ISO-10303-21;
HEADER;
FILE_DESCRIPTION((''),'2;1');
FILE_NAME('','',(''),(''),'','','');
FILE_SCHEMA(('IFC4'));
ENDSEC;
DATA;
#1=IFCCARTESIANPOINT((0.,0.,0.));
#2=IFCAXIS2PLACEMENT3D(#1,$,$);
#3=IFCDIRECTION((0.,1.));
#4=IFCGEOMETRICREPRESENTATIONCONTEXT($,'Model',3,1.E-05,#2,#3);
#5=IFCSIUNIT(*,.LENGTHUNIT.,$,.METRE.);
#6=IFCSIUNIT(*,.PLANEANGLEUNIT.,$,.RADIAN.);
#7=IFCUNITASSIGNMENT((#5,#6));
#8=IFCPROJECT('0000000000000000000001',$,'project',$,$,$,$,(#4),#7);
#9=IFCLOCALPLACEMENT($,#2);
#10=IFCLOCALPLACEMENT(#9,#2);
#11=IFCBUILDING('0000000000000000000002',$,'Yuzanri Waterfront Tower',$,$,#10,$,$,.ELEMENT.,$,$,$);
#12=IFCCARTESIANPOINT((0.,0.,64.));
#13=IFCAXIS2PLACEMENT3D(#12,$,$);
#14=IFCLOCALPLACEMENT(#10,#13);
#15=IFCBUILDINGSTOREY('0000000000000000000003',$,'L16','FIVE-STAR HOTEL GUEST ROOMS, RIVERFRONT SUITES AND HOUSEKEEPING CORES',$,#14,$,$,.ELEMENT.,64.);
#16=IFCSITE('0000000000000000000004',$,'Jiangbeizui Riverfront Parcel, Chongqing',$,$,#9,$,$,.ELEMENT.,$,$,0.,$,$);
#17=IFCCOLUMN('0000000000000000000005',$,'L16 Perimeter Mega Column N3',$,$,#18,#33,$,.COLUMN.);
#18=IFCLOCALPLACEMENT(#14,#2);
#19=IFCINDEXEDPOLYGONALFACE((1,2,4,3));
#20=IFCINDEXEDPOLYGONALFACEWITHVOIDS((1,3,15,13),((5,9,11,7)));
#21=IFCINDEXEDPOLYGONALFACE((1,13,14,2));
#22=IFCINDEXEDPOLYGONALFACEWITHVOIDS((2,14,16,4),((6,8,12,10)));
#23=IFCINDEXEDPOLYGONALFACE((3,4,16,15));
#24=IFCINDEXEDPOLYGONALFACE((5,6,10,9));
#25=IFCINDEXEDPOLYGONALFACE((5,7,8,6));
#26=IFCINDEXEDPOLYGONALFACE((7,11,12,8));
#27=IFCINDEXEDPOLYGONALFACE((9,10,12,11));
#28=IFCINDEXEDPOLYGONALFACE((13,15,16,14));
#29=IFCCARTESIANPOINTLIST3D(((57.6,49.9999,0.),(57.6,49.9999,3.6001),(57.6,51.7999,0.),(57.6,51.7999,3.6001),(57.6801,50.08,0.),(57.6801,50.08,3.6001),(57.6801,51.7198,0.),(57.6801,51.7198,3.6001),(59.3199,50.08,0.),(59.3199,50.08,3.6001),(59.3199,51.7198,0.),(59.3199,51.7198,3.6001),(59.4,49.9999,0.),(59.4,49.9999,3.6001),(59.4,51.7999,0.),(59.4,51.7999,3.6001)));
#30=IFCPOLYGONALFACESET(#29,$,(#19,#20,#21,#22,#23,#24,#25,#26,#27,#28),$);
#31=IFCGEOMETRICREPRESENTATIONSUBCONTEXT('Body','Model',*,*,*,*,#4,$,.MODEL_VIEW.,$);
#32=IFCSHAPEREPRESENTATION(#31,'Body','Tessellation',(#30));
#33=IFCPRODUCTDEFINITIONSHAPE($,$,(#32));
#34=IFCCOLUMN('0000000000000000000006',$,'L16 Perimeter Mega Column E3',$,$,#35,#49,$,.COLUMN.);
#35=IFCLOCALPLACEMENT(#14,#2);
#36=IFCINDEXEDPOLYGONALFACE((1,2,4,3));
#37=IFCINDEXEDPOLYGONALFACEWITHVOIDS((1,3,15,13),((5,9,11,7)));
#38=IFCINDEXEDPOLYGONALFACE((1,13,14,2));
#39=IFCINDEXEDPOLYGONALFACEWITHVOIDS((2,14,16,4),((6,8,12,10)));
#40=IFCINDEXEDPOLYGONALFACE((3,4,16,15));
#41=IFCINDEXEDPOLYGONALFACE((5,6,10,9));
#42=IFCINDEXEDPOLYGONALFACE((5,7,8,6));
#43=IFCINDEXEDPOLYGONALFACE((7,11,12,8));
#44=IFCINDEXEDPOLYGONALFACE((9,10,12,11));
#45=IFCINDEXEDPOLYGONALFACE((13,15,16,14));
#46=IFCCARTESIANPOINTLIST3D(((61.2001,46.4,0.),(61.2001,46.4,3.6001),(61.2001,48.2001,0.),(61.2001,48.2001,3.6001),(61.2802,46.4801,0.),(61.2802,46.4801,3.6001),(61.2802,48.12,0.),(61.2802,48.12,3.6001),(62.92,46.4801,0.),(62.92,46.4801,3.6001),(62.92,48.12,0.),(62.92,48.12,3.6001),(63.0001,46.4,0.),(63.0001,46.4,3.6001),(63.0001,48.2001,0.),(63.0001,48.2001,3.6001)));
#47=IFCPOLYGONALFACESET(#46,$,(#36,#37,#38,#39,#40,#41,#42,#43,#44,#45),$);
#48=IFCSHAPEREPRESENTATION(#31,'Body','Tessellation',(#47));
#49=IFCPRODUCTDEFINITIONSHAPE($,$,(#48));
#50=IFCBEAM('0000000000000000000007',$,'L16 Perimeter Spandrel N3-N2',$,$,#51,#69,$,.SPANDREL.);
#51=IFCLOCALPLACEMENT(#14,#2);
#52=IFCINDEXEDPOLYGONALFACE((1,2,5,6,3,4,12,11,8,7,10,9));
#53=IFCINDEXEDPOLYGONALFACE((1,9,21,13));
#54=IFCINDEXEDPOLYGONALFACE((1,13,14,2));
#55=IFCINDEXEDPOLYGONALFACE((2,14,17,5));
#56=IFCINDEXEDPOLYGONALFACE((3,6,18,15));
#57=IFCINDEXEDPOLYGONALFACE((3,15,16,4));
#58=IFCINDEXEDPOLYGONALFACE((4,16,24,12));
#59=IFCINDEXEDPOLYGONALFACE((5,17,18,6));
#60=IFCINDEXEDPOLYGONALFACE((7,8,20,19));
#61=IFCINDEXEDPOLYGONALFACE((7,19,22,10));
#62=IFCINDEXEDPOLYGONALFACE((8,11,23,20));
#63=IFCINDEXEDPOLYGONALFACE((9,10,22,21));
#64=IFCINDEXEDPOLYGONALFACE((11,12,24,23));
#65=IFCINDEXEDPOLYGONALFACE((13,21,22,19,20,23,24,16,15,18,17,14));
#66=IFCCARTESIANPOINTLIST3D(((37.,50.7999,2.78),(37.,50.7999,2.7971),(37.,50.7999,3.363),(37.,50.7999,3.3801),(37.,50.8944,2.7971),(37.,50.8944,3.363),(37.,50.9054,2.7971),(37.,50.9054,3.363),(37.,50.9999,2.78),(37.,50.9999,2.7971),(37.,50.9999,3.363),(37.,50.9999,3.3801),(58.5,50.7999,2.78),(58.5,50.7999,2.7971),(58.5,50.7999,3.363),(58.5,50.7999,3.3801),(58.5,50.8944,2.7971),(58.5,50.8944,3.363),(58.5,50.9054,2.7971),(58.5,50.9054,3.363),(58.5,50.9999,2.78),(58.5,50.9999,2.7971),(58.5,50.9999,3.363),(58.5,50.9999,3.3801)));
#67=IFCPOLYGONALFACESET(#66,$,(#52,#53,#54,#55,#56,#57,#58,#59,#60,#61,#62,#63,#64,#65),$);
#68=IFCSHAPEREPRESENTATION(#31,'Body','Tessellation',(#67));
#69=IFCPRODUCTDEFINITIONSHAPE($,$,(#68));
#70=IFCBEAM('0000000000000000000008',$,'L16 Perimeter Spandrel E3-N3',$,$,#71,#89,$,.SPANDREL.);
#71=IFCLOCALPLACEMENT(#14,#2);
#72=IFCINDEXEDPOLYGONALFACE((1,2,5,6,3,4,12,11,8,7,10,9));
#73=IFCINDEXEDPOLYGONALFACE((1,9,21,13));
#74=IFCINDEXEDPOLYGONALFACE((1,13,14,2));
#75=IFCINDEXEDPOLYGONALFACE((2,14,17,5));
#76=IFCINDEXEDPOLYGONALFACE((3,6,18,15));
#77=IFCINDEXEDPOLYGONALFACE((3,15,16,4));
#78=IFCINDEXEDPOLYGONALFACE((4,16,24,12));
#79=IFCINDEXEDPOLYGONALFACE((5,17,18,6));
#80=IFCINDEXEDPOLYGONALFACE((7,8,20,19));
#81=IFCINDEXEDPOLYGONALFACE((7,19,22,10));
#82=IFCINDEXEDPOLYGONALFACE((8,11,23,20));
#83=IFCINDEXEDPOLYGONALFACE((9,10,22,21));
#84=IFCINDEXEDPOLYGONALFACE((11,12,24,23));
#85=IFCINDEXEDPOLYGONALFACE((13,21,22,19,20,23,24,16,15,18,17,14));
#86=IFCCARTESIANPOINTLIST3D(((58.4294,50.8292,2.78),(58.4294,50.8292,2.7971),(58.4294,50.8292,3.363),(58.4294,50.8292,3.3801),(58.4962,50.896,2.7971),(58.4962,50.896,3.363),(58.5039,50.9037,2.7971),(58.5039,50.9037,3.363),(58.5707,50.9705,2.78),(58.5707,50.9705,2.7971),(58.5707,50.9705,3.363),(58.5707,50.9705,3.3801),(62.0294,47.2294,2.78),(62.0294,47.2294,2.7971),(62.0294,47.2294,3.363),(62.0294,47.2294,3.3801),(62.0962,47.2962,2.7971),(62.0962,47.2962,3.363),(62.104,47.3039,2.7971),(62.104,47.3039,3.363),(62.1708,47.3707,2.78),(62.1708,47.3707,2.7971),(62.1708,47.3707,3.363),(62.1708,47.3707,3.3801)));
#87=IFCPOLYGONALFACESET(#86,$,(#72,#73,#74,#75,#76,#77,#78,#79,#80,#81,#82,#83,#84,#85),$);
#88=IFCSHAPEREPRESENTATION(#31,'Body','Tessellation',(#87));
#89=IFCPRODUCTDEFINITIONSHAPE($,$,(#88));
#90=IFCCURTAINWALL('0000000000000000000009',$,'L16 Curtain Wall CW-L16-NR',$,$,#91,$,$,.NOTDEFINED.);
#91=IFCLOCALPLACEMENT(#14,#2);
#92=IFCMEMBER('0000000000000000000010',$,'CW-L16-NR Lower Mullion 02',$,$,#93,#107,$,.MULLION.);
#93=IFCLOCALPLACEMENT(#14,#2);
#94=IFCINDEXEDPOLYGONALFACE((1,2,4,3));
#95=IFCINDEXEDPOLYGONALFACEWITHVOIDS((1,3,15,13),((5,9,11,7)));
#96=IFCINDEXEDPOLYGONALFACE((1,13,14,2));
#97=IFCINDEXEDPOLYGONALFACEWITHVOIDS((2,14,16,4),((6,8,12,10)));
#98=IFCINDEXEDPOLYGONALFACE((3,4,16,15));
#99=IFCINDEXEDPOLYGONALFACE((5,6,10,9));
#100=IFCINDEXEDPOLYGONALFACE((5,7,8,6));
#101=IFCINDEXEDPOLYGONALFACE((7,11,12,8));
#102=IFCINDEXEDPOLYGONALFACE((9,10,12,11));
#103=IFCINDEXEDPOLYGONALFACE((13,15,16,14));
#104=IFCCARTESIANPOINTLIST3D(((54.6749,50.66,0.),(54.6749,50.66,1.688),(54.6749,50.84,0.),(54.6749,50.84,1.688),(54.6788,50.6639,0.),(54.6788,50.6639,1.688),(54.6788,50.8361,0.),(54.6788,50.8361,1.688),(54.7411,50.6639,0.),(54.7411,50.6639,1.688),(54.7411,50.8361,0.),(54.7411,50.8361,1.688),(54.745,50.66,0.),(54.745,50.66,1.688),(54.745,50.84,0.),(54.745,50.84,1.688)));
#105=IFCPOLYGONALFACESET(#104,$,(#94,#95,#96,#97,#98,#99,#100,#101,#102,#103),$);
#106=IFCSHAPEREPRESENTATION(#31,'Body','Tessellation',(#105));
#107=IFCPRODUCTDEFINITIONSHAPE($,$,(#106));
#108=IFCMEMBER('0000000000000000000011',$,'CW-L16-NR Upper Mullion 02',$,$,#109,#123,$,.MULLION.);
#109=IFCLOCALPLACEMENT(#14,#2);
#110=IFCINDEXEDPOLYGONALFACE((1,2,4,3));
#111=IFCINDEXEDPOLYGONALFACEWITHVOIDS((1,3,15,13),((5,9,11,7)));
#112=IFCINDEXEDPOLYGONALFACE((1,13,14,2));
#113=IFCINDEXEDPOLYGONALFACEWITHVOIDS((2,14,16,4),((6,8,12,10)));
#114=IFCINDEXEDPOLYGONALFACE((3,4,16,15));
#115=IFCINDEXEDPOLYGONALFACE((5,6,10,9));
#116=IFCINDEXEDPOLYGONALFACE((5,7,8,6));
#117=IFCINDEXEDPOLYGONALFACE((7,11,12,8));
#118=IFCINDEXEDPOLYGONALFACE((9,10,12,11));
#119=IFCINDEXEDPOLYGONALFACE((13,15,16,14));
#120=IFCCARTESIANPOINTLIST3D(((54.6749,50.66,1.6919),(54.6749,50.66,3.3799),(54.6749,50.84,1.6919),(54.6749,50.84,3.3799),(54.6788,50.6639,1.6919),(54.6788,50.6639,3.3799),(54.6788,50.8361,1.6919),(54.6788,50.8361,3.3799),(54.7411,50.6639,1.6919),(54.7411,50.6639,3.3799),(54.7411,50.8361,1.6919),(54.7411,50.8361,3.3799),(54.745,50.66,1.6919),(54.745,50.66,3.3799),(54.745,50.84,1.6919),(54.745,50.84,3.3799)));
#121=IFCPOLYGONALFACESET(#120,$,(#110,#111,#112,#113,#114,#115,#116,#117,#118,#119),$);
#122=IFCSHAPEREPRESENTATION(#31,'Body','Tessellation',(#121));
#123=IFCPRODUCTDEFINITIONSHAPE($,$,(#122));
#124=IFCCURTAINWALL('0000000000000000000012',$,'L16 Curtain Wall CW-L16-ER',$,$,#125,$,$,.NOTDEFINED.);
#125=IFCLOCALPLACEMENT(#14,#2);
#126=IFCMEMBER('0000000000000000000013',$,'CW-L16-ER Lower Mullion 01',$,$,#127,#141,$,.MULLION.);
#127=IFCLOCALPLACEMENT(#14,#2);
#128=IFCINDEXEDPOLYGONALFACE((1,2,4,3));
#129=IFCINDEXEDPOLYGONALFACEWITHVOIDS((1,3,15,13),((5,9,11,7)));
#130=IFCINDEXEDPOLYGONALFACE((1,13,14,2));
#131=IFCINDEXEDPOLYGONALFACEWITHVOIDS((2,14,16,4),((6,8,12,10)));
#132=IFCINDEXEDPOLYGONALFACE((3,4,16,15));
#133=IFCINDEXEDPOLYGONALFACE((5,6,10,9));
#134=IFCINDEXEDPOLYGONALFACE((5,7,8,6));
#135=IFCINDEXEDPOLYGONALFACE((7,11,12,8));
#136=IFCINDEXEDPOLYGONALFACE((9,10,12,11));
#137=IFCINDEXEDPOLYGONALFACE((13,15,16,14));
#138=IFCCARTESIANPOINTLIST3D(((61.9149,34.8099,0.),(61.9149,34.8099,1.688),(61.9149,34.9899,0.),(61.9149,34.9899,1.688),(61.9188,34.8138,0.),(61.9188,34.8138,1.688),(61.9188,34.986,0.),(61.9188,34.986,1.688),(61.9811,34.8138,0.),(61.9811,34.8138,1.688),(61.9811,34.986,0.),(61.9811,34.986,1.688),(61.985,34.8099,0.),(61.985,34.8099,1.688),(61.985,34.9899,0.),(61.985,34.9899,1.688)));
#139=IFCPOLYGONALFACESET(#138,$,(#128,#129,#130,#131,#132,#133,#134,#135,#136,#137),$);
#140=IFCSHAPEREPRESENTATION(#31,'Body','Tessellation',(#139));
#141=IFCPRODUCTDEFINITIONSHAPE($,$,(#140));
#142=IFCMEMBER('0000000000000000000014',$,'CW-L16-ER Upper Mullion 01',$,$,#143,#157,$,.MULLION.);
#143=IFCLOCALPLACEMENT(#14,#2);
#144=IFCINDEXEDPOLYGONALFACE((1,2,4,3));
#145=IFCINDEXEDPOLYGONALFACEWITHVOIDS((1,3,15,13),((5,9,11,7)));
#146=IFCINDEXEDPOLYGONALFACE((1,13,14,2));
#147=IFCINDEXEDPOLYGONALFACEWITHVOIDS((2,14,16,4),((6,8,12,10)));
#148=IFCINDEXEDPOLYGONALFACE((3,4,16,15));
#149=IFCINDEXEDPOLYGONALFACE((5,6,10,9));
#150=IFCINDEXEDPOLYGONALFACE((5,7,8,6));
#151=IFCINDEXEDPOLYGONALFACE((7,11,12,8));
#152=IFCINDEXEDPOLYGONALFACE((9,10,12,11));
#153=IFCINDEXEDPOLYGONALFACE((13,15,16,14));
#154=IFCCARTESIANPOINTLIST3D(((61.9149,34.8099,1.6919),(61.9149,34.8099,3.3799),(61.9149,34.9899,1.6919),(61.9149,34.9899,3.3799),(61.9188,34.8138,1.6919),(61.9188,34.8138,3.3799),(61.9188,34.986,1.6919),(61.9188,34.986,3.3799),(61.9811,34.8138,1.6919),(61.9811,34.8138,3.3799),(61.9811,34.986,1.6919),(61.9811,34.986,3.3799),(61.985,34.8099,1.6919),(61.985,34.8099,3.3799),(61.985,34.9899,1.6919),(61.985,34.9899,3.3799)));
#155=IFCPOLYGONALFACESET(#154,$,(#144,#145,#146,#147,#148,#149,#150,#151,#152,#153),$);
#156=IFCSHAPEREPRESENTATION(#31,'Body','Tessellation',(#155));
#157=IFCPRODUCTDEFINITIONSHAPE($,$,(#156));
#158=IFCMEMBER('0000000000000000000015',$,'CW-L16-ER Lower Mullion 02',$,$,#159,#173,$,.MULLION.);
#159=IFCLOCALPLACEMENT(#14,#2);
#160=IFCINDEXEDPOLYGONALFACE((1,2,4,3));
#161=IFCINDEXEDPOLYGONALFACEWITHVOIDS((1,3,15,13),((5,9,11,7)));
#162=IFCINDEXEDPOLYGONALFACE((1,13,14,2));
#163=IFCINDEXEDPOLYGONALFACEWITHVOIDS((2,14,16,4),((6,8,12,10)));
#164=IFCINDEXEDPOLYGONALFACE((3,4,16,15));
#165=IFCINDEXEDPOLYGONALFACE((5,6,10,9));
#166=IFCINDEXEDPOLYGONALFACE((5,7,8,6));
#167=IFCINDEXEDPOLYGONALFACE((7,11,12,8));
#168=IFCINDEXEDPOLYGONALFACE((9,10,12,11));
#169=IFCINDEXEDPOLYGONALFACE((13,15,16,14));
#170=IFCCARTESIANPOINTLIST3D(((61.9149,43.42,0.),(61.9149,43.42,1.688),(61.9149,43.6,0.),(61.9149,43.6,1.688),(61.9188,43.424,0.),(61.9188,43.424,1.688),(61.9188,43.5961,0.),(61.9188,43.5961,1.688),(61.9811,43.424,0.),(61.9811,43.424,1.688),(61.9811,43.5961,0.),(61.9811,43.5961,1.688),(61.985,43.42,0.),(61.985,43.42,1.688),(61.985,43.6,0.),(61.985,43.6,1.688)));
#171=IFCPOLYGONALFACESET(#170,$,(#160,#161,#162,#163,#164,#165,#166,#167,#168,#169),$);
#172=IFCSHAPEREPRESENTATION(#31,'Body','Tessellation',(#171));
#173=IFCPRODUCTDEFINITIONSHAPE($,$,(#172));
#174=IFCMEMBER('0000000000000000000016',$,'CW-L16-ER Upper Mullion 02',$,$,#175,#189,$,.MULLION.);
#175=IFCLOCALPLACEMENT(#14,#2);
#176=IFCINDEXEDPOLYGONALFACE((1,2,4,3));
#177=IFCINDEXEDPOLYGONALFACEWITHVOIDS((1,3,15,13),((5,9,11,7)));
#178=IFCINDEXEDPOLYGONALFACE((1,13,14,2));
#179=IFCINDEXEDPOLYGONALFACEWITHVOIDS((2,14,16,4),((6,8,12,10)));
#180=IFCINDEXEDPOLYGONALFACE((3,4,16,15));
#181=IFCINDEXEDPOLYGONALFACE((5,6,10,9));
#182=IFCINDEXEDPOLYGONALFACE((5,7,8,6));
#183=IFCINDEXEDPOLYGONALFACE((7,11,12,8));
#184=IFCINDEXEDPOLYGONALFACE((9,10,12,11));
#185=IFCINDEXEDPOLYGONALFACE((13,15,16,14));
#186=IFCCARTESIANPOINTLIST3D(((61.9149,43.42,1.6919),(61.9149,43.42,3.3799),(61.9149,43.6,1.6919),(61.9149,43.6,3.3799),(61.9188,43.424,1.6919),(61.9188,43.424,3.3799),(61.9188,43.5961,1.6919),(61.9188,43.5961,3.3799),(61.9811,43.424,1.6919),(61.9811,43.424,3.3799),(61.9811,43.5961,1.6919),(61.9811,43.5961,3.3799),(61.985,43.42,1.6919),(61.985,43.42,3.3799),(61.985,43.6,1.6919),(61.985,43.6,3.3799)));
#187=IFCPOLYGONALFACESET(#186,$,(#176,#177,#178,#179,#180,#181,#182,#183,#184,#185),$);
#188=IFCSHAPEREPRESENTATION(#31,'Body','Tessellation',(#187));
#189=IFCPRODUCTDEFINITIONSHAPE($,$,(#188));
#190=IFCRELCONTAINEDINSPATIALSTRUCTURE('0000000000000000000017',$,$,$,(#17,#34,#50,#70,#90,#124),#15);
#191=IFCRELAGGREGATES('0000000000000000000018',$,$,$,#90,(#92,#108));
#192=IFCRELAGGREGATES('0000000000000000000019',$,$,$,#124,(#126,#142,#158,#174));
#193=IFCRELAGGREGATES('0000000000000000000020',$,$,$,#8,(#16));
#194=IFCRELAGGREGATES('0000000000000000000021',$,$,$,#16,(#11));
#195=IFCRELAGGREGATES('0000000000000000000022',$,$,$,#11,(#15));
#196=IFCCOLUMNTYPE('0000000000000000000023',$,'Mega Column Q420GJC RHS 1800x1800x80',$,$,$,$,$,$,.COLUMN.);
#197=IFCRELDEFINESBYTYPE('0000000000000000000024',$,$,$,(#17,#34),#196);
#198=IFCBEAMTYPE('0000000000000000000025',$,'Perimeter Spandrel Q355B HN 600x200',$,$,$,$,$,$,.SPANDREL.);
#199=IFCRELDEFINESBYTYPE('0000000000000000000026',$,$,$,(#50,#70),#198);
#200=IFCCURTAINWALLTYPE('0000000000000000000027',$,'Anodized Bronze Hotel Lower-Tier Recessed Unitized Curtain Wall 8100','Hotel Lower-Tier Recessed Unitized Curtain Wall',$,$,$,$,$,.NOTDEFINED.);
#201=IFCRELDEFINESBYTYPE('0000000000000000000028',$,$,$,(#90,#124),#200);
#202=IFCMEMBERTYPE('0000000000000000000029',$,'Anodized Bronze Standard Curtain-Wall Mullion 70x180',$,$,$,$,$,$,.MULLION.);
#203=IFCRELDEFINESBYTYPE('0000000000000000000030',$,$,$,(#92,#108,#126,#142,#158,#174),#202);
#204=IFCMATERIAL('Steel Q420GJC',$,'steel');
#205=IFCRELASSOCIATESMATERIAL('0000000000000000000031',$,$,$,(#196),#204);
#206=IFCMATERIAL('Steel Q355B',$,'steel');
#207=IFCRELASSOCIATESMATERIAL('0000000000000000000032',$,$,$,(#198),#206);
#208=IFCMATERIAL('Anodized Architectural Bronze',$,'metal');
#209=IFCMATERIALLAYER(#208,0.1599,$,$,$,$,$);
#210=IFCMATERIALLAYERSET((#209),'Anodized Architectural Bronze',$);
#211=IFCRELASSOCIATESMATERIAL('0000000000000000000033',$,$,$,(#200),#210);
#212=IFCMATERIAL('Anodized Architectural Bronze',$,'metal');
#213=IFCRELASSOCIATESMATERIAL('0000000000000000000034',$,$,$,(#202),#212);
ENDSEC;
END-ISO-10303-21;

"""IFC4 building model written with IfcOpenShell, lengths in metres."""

from ifc_helpers import new_model, si_unit, direction, frame, origin, origin_2d, place, context, subcontext, project, spatial, hollow_rectangle, i_section, extrude, source, transform, mapped, material, layer, layer_set, material_profile, profile_set, type_object, element, aggregate, save


model = new_model("IFC4")

# Units and contexts
model_context = context("Model", 3, precision=1e-05, world=origin(), true_north=direction((0.0, 1.0)))
body_context = subcontext(model_context, "Body", "Model", "MODEL_VIEW")
ifc_project = project(units=[si_unit("LENGTHUNIT", "METRE"), si_unit("PLANEANGLEUNIT", "RADIAN")], contexts=[model_context])

# Site, building, storey
site_placement = place(None, origin())
site = spatial("IfcSite", under=ifc_project, at=site_placement, Name="Jiangbeizui Riverfront Parcel, Chongqing", CompositionType="ELEMENT", RefElevation=0.0)
building_placement = place(site_placement, origin())
building = spatial("IfcBuilding", under=site, at=building_placement, Name="Yuzanri Waterfront Tower", CompositionType="ELEMENT")
storey_placement = place(building_placement, frame((0.0, 0.0, 64.0)))
storey = spatial("IfcBuildingStorey", under=building, at=storey_placement, Name="L16", Description="FIVE-STAR HOTEL GUEST ROOMS, RIVERFRONT SUITES AND HOUSEKEEPING CORES", CompositionType="ELEMENT", Elevation=64.0)

# Columns
ifc_material_1 = material(Name="Steel Q420GJC", Category="steel")
ifc_material_profile_1 = material_profile(ifc_material_1, hollow_rectangle(XDim=1.8, YDim=1.8, WallThickness=0.0801, at=origin_2d()), Name="RHS 1800x1800x80")
ifc_profile_set_1 = profile_set([ifc_material_profile_1], Name="Steel Q420GJC")
column_type = type_object("IfcColumnType", Name="Mega Column Q420GJC RHS 1800x1800x80", PredefinedType="COLUMN", material=ifc_profile_set_1)
shared_shape_1 = source(origin(), body_context, "Body", "SweptSolid", [
    extrude(hollow_rectangle(XDim=1.8, YDim=1.8, WallThickness=0.0801, at=origin_2d()), origin(), (0.0, 0.0, 1.0), 3.6001),
])
for number, where, z_axis, x_axis, name in (
    (1, (58.5, 50.8999, 0.0), (0.0, 0.0, 1.0), (1.0, 0.0, 0.0), "L16 Perimeter Mega Column N3"),
    (2, (62.1001, 47.3, 0.0), (0.0, 0.0, 1.0), (1.0, 0.0, 0.0), "L16 Perimeter Mega Column E3"),
):
    element("IfcColumn", number, at=place(storey_placement, frame(where, z_axis=z_axis, x_axis=x_axis)), inside=storey, type_object=column_type, Name=name, PredefinedType="COLUMN", context=body_context, shape_type="MappedRepresentation", body=[
        mapped(shared_shape_1, transform((0.0, 0.0, 0.0), scale=1.0)),
    ])

# Beams
ifc_material_2 = material(Name="Steel Q355B", Category="steel")
ifc_material_profile_2 = material_profile(ifc_material_2, i_section(OverallWidth=0.2, OverallDepth=0.6001, WebThickness=0.011, FlangeThickness=0.0171, at=origin_2d()), Name="HN 600x200x11x17")
ifc_profile_set_2 = profile_set([ifc_material_profile_2], Name="Steel Q355B")
beam_type = type_object("IfcBeamType", Name="Perimeter Spandrel Q355B HN 600x200", PredefinedType="SPANDREL", material=ifc_profile_set_2)
shared_shape_2 = source(origin(), body_context, "Body", "SweptSolid", [
    extrude(i_section(OverallWidth=0.2, OverallDepth=0.6001, WebThickness=0.011, FlangeThickness=0.0171, at=origin_2d()), origin(), (0.0, 0.0, 1.0), 21.5),
])
beam_1_placement = place(storey_placement, frame((58.5, 50.8999, 3.0801), z_axis=(-1.0, 0.0, 0.0), x_axis=(0.0, -1.0, 0.0)))
element("IfcBeam", 3, at=beam_1_placement, inside=storey, type_object=beam_type, Name="L16 Perimeter Spandrel N3-N2", PredefinedType="SPANDREL", context=body_context, shape_type="MappedRepresentation", body=[
    mapped(shared_shape_2, transform((0.0, 0.0, 0.0), scale=1.0)),
])
shared_shape_3 = source(origin(), body_context, "Body", "SweptSolid", [
    extrude(i_section(OverallWidth=0.2, OverallDepth=0.6001, WebThickness=0.011, FlangeThickness=0.0171, at=origin_2d()), origin(), (0.0, 0.0, 1.0), 5.0911),
])
beam_2_placement = place(storey_placement, frame((62.1001, 47.3, 3.0801), z_axis=(-0.707131, 0.707083, 0.0), x_axis=(-0.707083, -0.707131, 0.0)))
element("IfcBeam", 4, at=beam_2_placement, inside=storey, type_object=beam_type, Name="L16 Perimeter Spandrel E3-N3", PredefinedType="SPANDREL", context=body_context, shape_type="MappedRepresentation", body=[
    mapped(shared_shape_3, transform((0.0, 0.0, 0.0), scale=1.0)),
])

# Curtain walls, members
ifc_material_3 = material(Name="Anodized Architectural Bronze", Category="metal")
ifc_layer_1 = layer(ifc_material_3, 0.1599)
ifc_layer_set_1 = layer_set([ifc_layer_1], Name="Anodized Architectural Bronze")
curtain_wall_type = type_object("IfcCurtainWallType", Name="Anodized Bronze Hotel Lower-Tier Recessed Unitized Curtain Wall 8100", Description="Hotel Lower-Tier Recessed Unitized Curtain Wall", PredefinedType="NOTDEFINED", material=ifc_layer_set_1)
curtain_wall_1_placement = place(storey_placement, origin())
curtain_wall_1 = element("IfcCurtainWall", 5, at=curtain_wall_1_placement, inside=storey, type_object=curtain_wall_type, Name="L16 Curtain Wall CW-L16-NR", PredefinedType="NOTDEFINED")
ifc_material_4 = material(Name="Anodized Architectural Bronze", Category="metal")
ifc_material_profile_3 = material_profile(ifc_material_4, hollow_rectangle(XDim=0.0701, YDim=0.1799, WallThickness=0.0039, at=origin_2d()), Name="CWM 70x180")
ifc_profile_set_3 = profile_set([ifc_material_profile_3], Name="Anodized Architectural Bronze")
member_type = type_object("IfcMemberType", Name="Anodized Bronze Standard Curtain-Wall Mullion 70x180", PredefinedType="MULLION", material=ifc_profile_set_3)
shared_shape_4 = source(origin(), body_context, "Body", "SweptSolid", [
    extrude(hollow_rectangle(XDim=0.0701, YDim=0.1799, WallThickness=0.0039, at=origin_2d()), origin(), (0.0, 0.0, 1.0), 1.688),
])
member_1_placement = place(storey_placement, frame((54.71, 50.75, 0.0), z_axis=(0.0, 0.0, 1.0), x_axis=(1.0, 0.0, 0.0)))
member_1 = element("IfcMember", 6, at=member_1_placement, type_object=member_type, Name="CW-L16-NR Lower Mullion 02", PredefinedType="MULLION", context=body_context, shape_type="MappedRepresentation", body=[
    mapped(shared_shape_4, transform((0.0, 0.0, 0.0), scale=1.0)),
])
member_2_placement = place(storey_placement, frame((54.71, 50.75, 1.6919), z_axis=(0.0, 0.0, 1.0), x_axis=(1.0, 0.0, 0.0)))
member_2 = element("IfcMember", 7, at=member_2_placement, type_object=member_type, Name="CW-L16-NR Upper Mullion 02", PredefinedType="MULLION", context=body_context, shape_type="MappedRepresentation", body=[
    mapped(shared_shape_4, transform((0.0, 0.0, 0.0), scale=1.0)),
])
aggregate(curtain_wall_1, [member_1, member_2])
curtain_wall_2_placement = place(storey_placement, origin())
curtain_wall_2 = element("IfcCurtainWall", 8, at=curtain_wall_2_placement, inside=storey, type_object=curtain_wall_type, Name="L16 Curtain Wall CW-L16-ER", PredefinedType="NOTDEFINED")
member_3_placement = place(storey_placement, frame((61.95, 34.8999, 0.0), z_axis=(0.0, 0.0, 1.0), x_axis=(1.0, 0.0, 0.0)))
member_3 = element("IfcMember", 9, at=member_3_placement, type_object=member_type, Name="CW-L16-ER Lower Mullion 01", PredefinedType="MULLION", context=body_context, shape_type="MappedRepresentation", body=[
    mapped(shared_shape_4, transform((0.0, 0.0, 0.0), scale=1.0)),
])
member_4_placement = place(storey_placement, frame((61.95, 34.8999, 1.6919), z_axis=(0.0, 0.0, 1.0), x_axis=(1.0, 0.0, 0.0)))
member_4 = element("IfcMember", 10, at=member_4_placement, type_object=member_type, Name="CW-L16-ER Upper Mullion 01", PredefinedType="MULLION", context=body_context, shape_type="MappedRepresentation", body=[
    mapped(shared_shape_4, transform((0.0, 0.0, 0.0), scale=1.0)),
])
member_5_placement = place(storey_placement, frame((61.95, 43.51, 0.0), z_axis=(0.0, 0.0, 1.0), x_axis=(1.0, 0.0, 0.0)))
member_5 = element("IfcMember", 11, at=member_5_placement, type_object=member_type, Name="CW-L16-ER Lower Mullion 02", PredefinedType="MULLION", context=body_context, shape_type="MappedRepresentation", body=[
    mapped(shared_shape_4, transform((0.0, 0.0, 0.0), scale=1.0)),
])
member_6_placement = place(storey_placement, frame((61.95, 43.51, 1.6919), z_axis=(0.0, 0.0, 1.0), x_axis=(1.0, 0.0, 0.0)))
member_6 = element("IfcMember", 12, at=member_6_placement, type_object=member_type, Name="CW-L16-ER Upper Mullion 02", PredefinedType="MULLION", context=body_context, shape_type="MappedRepresentation", body=[
    mapped(shared_shape_4, transform((0.0, 0.0, 0.0), scale=1.0)),
])

aggregate(curtain_wall_2, [member_3, member_4, member_5, member_6])

save(model, "model.ifc")
